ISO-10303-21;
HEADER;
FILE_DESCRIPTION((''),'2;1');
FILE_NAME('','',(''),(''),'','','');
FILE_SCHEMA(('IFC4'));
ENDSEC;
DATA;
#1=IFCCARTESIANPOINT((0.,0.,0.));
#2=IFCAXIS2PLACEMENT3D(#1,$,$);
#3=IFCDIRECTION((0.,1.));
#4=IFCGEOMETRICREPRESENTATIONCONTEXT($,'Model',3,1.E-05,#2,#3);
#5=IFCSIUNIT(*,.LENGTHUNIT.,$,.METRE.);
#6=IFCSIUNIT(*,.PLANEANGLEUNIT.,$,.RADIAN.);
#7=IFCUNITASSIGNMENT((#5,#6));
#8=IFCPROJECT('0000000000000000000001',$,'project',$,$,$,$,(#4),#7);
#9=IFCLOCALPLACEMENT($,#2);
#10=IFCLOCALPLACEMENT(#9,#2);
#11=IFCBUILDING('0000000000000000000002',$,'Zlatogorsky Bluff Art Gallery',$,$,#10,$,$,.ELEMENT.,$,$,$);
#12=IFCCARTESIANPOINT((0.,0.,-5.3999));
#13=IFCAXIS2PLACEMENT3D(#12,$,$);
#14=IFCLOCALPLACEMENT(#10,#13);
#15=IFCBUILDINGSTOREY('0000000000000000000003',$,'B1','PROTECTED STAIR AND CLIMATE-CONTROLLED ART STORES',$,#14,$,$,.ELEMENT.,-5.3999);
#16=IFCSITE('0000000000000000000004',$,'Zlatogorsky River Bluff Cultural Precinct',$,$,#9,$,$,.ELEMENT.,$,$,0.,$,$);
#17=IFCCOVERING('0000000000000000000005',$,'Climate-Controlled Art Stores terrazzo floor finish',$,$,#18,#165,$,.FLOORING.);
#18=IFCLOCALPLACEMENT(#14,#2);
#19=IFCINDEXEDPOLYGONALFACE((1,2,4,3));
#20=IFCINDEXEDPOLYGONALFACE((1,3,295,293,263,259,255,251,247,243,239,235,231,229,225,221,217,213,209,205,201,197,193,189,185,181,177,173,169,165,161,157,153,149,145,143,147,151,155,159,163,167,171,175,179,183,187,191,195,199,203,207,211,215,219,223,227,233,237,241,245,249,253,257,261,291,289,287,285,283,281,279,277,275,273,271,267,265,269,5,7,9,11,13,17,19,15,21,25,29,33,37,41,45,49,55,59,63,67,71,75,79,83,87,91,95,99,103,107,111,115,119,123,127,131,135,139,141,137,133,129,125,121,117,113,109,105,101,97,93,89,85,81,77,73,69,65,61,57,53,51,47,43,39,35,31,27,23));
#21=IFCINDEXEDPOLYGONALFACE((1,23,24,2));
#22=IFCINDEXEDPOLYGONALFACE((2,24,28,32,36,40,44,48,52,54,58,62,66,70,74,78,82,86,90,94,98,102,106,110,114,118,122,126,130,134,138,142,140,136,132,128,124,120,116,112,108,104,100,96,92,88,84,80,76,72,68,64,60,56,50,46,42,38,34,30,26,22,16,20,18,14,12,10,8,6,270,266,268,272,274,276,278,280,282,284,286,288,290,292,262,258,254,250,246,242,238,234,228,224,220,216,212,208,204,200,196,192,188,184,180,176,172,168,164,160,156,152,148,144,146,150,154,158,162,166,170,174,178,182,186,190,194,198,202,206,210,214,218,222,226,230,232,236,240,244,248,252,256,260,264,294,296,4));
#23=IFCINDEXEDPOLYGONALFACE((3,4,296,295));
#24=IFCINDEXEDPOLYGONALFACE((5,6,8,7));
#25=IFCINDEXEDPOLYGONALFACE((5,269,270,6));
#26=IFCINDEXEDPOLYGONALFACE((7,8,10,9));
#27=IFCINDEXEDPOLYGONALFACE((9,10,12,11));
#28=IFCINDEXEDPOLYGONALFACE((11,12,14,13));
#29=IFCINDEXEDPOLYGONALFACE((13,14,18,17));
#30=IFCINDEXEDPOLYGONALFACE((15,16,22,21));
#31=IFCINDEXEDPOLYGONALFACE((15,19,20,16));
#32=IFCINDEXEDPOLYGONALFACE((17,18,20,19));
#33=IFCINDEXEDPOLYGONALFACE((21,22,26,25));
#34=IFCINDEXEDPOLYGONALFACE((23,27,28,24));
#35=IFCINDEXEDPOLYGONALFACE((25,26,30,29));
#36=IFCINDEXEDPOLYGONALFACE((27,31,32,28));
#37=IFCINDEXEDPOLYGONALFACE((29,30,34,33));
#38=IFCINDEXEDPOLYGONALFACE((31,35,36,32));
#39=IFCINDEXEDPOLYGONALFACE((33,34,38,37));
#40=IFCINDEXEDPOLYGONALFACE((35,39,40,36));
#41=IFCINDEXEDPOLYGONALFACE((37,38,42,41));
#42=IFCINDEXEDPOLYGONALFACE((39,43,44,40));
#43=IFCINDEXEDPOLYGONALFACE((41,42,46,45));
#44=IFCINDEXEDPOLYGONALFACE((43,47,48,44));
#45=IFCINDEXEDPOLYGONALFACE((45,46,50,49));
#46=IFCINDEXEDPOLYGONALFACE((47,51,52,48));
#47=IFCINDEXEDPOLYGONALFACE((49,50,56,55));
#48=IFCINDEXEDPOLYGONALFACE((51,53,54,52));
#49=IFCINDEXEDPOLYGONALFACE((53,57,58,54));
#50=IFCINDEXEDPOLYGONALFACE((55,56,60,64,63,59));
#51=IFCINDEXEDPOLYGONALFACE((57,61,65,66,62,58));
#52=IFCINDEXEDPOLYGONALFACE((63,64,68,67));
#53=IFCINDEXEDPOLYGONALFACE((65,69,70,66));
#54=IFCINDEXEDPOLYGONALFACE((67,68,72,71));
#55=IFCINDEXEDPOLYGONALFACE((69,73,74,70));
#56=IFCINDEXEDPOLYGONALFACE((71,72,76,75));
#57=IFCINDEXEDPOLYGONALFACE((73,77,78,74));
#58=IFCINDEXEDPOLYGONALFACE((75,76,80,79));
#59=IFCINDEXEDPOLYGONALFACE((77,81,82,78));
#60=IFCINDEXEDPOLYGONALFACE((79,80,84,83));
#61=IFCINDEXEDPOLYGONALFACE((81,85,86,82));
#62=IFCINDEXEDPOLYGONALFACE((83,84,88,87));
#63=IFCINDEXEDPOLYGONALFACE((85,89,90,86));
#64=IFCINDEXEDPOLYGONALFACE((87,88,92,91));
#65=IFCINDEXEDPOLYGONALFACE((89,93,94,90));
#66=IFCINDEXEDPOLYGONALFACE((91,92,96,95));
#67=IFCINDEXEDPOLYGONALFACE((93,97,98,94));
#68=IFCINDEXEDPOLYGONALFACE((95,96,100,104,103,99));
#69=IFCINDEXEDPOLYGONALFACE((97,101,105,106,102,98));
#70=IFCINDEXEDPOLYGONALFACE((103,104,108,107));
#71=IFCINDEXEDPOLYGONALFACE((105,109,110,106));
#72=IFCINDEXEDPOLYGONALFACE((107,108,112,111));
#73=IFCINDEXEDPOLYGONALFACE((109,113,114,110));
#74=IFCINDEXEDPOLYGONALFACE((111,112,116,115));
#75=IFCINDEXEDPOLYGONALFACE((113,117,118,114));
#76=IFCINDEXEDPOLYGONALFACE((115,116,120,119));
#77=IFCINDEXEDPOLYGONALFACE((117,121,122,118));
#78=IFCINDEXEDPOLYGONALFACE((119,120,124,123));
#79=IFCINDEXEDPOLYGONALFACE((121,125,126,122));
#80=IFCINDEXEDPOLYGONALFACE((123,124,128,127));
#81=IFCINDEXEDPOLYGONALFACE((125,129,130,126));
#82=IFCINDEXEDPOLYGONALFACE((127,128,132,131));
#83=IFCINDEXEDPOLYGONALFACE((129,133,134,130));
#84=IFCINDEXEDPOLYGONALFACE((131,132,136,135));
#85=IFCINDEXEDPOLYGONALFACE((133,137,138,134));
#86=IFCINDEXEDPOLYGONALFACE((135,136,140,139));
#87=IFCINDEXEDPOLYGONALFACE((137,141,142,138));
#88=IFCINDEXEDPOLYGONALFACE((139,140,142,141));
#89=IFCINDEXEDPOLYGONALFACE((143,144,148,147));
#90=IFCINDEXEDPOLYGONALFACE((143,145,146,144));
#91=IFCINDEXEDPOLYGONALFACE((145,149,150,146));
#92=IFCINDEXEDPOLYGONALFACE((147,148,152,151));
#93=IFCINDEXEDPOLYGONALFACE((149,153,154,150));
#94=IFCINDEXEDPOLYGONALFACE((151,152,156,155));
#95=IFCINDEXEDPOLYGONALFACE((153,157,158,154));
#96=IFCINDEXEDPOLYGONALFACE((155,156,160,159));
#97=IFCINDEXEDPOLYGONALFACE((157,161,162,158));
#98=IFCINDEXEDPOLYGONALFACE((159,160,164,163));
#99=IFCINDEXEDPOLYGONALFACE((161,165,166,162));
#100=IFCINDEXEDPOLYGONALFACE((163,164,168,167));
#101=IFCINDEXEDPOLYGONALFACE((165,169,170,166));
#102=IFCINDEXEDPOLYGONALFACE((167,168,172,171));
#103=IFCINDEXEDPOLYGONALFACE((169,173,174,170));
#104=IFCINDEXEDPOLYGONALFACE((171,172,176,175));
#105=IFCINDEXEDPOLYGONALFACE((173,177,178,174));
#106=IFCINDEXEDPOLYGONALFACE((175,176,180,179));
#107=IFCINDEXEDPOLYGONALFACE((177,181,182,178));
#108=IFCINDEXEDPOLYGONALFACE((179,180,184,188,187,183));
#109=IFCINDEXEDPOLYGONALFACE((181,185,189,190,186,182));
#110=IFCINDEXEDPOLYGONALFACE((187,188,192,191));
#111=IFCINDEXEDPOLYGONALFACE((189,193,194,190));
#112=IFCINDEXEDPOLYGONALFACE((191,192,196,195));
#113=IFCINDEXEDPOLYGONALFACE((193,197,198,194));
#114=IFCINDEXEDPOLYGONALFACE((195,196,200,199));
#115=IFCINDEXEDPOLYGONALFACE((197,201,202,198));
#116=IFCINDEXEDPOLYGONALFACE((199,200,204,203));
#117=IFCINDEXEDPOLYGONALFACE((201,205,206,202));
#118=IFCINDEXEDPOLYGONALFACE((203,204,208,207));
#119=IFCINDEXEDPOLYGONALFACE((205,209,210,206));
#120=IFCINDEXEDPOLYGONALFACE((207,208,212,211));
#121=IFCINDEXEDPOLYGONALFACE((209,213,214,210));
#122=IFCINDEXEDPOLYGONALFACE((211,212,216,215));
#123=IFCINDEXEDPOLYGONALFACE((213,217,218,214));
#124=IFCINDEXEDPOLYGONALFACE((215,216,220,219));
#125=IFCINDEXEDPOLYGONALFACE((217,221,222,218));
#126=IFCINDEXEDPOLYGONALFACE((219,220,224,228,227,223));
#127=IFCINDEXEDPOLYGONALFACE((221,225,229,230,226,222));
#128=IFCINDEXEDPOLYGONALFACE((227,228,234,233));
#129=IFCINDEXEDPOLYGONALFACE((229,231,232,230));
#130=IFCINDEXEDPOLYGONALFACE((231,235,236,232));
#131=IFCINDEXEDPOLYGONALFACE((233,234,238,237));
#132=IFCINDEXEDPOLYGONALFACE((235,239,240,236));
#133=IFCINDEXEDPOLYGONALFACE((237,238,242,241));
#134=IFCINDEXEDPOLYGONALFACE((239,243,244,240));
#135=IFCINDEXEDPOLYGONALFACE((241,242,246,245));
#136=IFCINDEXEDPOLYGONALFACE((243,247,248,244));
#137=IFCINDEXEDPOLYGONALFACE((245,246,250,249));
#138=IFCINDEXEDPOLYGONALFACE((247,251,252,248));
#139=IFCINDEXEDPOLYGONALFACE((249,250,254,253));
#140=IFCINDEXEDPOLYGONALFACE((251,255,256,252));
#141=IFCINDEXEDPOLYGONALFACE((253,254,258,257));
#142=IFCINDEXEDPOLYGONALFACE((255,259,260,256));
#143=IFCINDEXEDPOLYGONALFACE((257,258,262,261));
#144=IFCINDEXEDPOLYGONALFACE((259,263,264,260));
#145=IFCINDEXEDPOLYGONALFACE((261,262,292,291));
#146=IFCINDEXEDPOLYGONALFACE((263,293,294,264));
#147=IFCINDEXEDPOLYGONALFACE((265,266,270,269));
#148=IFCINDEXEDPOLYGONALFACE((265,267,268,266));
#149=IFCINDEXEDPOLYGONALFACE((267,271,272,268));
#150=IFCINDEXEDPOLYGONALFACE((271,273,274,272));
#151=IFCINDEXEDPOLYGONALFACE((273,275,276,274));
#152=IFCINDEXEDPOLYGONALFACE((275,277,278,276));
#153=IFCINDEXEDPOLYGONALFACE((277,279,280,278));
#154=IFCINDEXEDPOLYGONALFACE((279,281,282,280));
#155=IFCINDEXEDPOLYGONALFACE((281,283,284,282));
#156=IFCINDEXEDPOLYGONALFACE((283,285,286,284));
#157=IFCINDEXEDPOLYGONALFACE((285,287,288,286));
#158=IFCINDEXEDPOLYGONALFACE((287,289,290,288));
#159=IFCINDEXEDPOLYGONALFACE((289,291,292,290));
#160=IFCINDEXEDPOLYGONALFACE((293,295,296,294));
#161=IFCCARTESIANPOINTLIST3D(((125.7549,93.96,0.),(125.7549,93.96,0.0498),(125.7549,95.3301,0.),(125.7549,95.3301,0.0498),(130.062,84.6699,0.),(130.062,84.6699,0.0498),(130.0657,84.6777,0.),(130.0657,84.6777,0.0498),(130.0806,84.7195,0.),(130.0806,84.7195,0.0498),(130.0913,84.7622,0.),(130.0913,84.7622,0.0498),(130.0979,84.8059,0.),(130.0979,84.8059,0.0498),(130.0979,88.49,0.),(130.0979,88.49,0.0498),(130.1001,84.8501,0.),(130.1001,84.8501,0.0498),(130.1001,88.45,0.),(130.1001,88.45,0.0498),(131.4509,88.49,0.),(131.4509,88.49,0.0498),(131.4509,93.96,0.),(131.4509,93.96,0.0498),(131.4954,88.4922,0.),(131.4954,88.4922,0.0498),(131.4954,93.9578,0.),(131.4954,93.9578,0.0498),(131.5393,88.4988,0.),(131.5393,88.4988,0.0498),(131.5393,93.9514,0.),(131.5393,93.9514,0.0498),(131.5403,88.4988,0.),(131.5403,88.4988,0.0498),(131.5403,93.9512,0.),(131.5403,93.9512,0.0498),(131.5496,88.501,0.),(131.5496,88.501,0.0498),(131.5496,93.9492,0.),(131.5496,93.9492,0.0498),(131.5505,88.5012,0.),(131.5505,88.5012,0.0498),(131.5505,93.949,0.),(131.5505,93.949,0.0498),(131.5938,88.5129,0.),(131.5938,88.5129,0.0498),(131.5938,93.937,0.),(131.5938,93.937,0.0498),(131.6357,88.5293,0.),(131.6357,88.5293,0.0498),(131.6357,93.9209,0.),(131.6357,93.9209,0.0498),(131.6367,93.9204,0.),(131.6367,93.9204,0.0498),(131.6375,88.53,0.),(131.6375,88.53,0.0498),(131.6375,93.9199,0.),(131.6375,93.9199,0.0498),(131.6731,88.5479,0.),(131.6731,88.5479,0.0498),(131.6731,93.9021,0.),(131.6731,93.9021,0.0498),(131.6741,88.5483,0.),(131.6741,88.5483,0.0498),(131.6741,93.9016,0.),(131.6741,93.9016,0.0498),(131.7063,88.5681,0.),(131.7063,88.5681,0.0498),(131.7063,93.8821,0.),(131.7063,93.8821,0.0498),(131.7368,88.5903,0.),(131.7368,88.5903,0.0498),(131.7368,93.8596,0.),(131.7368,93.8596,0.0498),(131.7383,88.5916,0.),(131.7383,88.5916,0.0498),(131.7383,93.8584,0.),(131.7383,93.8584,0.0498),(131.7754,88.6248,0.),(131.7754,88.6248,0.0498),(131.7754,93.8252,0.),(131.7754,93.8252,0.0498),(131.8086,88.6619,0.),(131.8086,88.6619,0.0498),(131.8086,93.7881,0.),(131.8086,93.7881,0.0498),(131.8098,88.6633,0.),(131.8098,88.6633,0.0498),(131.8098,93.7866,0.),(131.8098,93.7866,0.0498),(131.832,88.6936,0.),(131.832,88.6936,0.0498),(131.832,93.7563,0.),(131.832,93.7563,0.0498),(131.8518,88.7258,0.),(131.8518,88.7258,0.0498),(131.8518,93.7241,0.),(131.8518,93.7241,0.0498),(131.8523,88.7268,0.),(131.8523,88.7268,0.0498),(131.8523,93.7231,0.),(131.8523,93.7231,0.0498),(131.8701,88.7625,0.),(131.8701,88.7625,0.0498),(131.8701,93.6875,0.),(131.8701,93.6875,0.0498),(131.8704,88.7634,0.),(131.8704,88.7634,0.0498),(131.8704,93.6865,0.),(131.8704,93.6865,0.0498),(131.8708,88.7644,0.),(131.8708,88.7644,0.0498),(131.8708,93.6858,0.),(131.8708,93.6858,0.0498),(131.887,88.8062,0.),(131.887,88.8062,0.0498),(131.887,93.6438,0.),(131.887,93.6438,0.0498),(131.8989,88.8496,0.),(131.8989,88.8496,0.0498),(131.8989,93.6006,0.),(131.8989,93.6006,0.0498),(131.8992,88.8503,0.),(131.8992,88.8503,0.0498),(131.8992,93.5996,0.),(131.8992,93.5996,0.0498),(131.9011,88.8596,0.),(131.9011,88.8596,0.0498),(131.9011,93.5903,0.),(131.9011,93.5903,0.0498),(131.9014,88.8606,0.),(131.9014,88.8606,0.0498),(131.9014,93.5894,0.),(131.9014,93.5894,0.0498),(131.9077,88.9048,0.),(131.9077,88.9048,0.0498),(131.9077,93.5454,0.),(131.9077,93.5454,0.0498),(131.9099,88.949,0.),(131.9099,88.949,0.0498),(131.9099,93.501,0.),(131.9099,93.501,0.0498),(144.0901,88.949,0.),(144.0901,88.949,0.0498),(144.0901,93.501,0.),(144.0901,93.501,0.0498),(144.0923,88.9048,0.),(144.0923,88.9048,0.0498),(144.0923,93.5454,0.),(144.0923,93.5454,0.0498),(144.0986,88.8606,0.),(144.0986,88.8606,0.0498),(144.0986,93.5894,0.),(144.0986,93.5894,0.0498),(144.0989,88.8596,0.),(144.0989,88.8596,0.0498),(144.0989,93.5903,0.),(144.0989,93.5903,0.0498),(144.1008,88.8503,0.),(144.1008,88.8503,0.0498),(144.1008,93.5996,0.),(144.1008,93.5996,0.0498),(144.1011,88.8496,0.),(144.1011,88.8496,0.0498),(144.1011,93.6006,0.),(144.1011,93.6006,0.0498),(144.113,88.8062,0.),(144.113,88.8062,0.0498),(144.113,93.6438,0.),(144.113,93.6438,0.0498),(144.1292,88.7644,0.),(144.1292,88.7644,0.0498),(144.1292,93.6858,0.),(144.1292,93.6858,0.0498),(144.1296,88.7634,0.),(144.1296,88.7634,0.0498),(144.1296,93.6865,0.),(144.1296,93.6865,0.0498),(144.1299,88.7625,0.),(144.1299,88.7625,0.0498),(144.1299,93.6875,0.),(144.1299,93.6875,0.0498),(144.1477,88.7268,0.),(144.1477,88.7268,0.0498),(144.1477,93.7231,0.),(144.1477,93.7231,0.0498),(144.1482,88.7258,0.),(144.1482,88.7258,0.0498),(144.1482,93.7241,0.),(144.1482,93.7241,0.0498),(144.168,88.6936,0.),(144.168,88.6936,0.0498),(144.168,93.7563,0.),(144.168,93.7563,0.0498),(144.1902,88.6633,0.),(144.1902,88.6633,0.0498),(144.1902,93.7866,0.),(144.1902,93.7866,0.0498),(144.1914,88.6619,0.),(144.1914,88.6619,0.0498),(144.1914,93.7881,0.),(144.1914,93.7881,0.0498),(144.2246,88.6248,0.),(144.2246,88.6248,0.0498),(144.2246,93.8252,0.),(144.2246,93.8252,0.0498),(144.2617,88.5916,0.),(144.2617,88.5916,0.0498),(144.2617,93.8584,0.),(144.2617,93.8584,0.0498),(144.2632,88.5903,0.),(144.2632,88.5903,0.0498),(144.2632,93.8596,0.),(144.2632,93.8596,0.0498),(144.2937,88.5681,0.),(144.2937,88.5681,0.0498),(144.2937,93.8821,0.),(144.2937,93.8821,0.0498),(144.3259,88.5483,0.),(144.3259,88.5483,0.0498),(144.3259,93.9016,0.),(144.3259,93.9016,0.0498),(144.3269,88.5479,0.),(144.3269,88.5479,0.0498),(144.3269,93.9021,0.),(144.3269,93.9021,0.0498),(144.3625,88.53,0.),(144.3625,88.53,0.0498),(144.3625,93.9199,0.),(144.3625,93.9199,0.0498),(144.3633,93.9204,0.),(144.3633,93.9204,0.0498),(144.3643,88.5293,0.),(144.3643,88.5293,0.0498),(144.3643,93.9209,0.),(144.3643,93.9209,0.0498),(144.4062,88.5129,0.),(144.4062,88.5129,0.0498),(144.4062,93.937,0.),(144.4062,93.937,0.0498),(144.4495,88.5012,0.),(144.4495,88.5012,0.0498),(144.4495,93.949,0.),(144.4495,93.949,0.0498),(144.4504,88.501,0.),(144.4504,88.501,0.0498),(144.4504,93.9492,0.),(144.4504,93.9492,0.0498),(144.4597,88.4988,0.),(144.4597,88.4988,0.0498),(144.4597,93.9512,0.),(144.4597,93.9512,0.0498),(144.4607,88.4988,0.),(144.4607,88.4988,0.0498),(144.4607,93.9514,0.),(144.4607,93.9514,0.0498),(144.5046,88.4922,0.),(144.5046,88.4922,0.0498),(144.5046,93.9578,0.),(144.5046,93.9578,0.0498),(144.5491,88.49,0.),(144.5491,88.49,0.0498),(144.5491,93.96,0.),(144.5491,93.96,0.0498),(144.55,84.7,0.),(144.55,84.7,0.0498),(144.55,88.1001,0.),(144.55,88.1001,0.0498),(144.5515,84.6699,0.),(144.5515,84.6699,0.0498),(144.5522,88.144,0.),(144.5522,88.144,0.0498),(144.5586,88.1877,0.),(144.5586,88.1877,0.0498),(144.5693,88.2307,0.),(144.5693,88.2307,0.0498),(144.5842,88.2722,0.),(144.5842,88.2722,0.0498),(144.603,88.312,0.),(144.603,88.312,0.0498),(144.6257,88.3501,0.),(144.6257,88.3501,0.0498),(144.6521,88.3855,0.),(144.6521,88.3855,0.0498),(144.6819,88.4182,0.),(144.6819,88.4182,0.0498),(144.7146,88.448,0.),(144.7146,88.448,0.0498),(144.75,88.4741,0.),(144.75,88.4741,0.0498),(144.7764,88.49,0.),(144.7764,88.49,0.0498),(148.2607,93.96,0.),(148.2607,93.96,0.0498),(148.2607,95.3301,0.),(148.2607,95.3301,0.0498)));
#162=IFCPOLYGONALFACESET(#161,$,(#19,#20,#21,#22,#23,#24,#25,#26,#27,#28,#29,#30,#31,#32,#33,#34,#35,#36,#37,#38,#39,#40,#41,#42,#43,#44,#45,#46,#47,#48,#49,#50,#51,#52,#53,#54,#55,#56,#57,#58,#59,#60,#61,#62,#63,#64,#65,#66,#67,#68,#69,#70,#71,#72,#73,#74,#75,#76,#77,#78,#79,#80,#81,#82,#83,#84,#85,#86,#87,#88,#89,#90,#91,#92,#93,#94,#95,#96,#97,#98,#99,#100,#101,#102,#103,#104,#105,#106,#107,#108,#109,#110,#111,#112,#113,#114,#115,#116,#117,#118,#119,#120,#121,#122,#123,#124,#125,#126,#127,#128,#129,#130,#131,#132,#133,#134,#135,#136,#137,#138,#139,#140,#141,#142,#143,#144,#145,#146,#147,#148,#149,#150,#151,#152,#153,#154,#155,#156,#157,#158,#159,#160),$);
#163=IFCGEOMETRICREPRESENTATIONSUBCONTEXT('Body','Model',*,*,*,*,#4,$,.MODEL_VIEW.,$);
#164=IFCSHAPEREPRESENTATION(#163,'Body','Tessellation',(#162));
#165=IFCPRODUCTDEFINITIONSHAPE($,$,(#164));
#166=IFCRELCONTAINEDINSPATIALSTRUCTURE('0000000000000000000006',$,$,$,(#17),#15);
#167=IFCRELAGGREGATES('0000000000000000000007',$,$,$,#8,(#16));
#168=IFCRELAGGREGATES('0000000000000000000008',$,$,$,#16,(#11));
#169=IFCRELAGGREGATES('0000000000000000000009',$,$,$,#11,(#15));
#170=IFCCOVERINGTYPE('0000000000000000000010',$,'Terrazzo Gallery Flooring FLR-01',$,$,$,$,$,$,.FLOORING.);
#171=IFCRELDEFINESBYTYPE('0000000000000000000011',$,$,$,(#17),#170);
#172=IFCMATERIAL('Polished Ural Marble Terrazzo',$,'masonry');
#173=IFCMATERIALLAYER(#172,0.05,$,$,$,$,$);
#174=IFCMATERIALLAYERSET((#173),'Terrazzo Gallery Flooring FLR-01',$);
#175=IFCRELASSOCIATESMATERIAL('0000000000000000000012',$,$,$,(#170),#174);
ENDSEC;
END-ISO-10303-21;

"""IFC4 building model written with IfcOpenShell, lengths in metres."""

from ifc_helpers import new_model, si_unit, direction, frame, origin, place, context, subcontext, project, spatial, polyline, outline, extrude, material, layer, layer_set, type_object, element, save


model = new_model("IFC4")

# Units and contexts
model_context = context("Model", 3, precision=1e-05, world=origin(), true_north=direction((0.0, 1.0)))
body_context = subcontext(model_context, "Body", "Model", "MODEL_VIEW")
ifc_project = project(units=[si_unit("LENGTHUNIT", "METRE"), si_unit("PLANEANGLEUNIT", "RADIAN")], contexts=[model_context])

# Site, building, storey
site_placement = place(None, origin())
site = spatial("IfcSite", under=ifc_project, at=site_placement, Name="Zlatogorsky River Bluff Cultural Precinct", CompositionType="ELEMENT", RefElevation=0.0)
building_placement = place(site_placement, origin())
building = spatial("IfcBuilding", under=site, at=building_placement, Name="Zlatogorsky Bluff Art Gallery", CompositionType="ELEMENT")
storey_placement = place(building_placement, frame((0.0, 0.0, -5.3999)))
storey = spatial("IfcBuildingStorey", under=building, at=storey_placement, Name="B1", Description="PROTECTED STAIR AND CLIMATE-CONTROLLED ART STORES", CompositionType="ELEMENT", Elevation=-5.3999)

# Covering
ifc_material_1 = material(Name="Polished Ural Marble Terrazzo", Category="masonry")
ifc_layer_1 = layer(ifc_material_1, 0.05)
ifc_layer_set_1 = layer_set([ifc_layer_1], Name="Terrazzo Gallery Flooring FLR-01")
covering_type_1 = type_object("IfcCoveringType", Name="Terrazzo Gallery Flooring FLR-01", PredefinedType="FLOORING", material=ifc_layer_set_1)
covering_1_placement = place(storey_placement, origin())
element("IfcCovering", 1, at=covering_1_placement, inside=storey, type_object=covering_type_1, Name="Climate-Controlled Art Stores terrazzo floor finish", PredefinedType="FLOORING", context=body_context, shape_type="SweptSolid", body=[
    extrude(outline(polyline([(130.0657, 84.6777), (130.0806, 84.7195), (130.0913, 84.7622), (130.0979, 84.8059), (130.1001, 84.8501), (130.1001, 88.45), (130.0979, 88.49), (131.4509, 88.49), (131.4954, 88.4922), (131.5393, 88.4988), (131.5403, 88.4988), (131.5496, 88.501), (131.5505, 88.5012), (131.5938, 88.5129), (131.6357, 88.5293), (131.6375, 88.53), (131.6731, 88.5479), (131.6741, 88.5483), (131.7063, 88.5681), (131.7368, 88.5903), (131.7383, 88.5916), (131.7754, 88.6248), (131.8086, 88.6619), (131.8098, 88.6633), (131.832, 88.6936), (131.8518, 88.7258), (131.8523, 88.7268), (131.8701, 88.7625), (131.8704, 88.7634), (131.8708, 88.7644), (131.887, 88.8062), (131.8989, 88.8496), (131.8992, 88.8503), (131.9011, 88.8596), (131.9014, 88.8606), (131.9077, 88.9048), (131.9099, 88.949), (131.9099, 93.501), (131.9077, 93.5454), (131.9014, 93.5894), (131.9011, 93.5903), (131.8992, 93.5996), (131.8989, 93.6006), (131.887, 93.6438), (131.8708, 93.6858), (131.8704, 93.6865), (131.8701, 93.6875), (131.8523, 93.7231), (131.8518, 93.7241), (131.832, 93.7563), (131.8098, 93.7866), (131.8086, 93.7881), (131.7754, 93.8252), (131.7383, 93.8584), (131.7368, 93.8596), (131.7063, 93.8821), (131.6741, 93.9016), (131.6731, 93.9021), (131.6375, 93.9199), (131.6367, 93.9204), (131.6357, 93.9209), (131.5938, 93.937), (131.5505, 93.949), (131.5496, 93.9492), (131.5403, 93.9512), (131.5393, 93.9514), (131.4954, 93.9578), (131.4509, 93.96), (125.7549, 93.96), (125.7549, 95.3301), (148.2607, 95.3301), (148.2607, 93.96), (144.5491, 93.96), (144.5046, 93.9578), (144.4607, 93.9514), (144.4597, 93.9512), (144.4504, 93.9492), (144.4495, 93.949), (144.4062, 93.937), (144.3643, 93.9209), (144.3633, 93.9204), (144.3625, 93.9199), (144.3269, 93.9021), (144.3259, 93.9016), (144.2937, 93.8821), (144.2632, 93.8596), (144.2617, 93.8584), (144.2246, 93.8252), (144.1914, 93.7881), (144.1902, 93.7866), (144.168, 93.7563), (144.1482, 93.7241), (144.1477, 93.7231), (144.1299, 93.6875), (144.1296, 93.6865), (144.1292, 93.6858), (144.113, 93.6438), (144.1011, 93.6006), (144.1008, 93.5996), (144.0989, 93.5903), (144.0986, 93.5894), (144.0923, 93.5454), (144.0901, 93.501), (144.0901, 88.949), (144.0923, 88.9048), (144.0986, 88.8606), (144.0989, 88.8596), (144.1008, 88.8503), (144.1011, 88.8496), (144.113, 88.8062), (144.1292, 88.7644), (144.1296, 88.7634), (144.1299, 88.7625), (144.1477, 88.7268), (144.1482, 88.7258), (144.168, 88.6936), (144.1902, 88.6633), (144.1914, 88.6619), (144.2246, 88.6248), (144.2617, 88.5916), (144.2632, 88.5903), (144.2937, 88.5681), (144.3259, 88.5483), (144.3269, 88.5479), (144.3625, 88.53), (144.3643, 88.5293), (144.4062, 88.5129), (144.4495, 88.5012), (144.4504, 88.501), (144.4597, 88.4988), (144.4607, 88.4988), (144.5046, 88.4922), (144.5491, 88.49), (144.7764, 88.49), (144.75, 88.4741), (144.7146, 88.448), (144.6819, 88.4182), (144.6521, 88.3855), (144.6257, 88.3501), (144.603, 88.312), (144.5842, 88.2722), (144.5693, 88.2307), (144.5586, 88.1877), (144.5522, 88.144), (144.55, 88.1001), (144.55, 84.7), (144.5515, 84.6699), (130.062, 84.6699), (130.0657, 84.6777)])), origin(), (0.0, 0.0, 1.0), 0.0498),
])

save(model, "model.ifc")
